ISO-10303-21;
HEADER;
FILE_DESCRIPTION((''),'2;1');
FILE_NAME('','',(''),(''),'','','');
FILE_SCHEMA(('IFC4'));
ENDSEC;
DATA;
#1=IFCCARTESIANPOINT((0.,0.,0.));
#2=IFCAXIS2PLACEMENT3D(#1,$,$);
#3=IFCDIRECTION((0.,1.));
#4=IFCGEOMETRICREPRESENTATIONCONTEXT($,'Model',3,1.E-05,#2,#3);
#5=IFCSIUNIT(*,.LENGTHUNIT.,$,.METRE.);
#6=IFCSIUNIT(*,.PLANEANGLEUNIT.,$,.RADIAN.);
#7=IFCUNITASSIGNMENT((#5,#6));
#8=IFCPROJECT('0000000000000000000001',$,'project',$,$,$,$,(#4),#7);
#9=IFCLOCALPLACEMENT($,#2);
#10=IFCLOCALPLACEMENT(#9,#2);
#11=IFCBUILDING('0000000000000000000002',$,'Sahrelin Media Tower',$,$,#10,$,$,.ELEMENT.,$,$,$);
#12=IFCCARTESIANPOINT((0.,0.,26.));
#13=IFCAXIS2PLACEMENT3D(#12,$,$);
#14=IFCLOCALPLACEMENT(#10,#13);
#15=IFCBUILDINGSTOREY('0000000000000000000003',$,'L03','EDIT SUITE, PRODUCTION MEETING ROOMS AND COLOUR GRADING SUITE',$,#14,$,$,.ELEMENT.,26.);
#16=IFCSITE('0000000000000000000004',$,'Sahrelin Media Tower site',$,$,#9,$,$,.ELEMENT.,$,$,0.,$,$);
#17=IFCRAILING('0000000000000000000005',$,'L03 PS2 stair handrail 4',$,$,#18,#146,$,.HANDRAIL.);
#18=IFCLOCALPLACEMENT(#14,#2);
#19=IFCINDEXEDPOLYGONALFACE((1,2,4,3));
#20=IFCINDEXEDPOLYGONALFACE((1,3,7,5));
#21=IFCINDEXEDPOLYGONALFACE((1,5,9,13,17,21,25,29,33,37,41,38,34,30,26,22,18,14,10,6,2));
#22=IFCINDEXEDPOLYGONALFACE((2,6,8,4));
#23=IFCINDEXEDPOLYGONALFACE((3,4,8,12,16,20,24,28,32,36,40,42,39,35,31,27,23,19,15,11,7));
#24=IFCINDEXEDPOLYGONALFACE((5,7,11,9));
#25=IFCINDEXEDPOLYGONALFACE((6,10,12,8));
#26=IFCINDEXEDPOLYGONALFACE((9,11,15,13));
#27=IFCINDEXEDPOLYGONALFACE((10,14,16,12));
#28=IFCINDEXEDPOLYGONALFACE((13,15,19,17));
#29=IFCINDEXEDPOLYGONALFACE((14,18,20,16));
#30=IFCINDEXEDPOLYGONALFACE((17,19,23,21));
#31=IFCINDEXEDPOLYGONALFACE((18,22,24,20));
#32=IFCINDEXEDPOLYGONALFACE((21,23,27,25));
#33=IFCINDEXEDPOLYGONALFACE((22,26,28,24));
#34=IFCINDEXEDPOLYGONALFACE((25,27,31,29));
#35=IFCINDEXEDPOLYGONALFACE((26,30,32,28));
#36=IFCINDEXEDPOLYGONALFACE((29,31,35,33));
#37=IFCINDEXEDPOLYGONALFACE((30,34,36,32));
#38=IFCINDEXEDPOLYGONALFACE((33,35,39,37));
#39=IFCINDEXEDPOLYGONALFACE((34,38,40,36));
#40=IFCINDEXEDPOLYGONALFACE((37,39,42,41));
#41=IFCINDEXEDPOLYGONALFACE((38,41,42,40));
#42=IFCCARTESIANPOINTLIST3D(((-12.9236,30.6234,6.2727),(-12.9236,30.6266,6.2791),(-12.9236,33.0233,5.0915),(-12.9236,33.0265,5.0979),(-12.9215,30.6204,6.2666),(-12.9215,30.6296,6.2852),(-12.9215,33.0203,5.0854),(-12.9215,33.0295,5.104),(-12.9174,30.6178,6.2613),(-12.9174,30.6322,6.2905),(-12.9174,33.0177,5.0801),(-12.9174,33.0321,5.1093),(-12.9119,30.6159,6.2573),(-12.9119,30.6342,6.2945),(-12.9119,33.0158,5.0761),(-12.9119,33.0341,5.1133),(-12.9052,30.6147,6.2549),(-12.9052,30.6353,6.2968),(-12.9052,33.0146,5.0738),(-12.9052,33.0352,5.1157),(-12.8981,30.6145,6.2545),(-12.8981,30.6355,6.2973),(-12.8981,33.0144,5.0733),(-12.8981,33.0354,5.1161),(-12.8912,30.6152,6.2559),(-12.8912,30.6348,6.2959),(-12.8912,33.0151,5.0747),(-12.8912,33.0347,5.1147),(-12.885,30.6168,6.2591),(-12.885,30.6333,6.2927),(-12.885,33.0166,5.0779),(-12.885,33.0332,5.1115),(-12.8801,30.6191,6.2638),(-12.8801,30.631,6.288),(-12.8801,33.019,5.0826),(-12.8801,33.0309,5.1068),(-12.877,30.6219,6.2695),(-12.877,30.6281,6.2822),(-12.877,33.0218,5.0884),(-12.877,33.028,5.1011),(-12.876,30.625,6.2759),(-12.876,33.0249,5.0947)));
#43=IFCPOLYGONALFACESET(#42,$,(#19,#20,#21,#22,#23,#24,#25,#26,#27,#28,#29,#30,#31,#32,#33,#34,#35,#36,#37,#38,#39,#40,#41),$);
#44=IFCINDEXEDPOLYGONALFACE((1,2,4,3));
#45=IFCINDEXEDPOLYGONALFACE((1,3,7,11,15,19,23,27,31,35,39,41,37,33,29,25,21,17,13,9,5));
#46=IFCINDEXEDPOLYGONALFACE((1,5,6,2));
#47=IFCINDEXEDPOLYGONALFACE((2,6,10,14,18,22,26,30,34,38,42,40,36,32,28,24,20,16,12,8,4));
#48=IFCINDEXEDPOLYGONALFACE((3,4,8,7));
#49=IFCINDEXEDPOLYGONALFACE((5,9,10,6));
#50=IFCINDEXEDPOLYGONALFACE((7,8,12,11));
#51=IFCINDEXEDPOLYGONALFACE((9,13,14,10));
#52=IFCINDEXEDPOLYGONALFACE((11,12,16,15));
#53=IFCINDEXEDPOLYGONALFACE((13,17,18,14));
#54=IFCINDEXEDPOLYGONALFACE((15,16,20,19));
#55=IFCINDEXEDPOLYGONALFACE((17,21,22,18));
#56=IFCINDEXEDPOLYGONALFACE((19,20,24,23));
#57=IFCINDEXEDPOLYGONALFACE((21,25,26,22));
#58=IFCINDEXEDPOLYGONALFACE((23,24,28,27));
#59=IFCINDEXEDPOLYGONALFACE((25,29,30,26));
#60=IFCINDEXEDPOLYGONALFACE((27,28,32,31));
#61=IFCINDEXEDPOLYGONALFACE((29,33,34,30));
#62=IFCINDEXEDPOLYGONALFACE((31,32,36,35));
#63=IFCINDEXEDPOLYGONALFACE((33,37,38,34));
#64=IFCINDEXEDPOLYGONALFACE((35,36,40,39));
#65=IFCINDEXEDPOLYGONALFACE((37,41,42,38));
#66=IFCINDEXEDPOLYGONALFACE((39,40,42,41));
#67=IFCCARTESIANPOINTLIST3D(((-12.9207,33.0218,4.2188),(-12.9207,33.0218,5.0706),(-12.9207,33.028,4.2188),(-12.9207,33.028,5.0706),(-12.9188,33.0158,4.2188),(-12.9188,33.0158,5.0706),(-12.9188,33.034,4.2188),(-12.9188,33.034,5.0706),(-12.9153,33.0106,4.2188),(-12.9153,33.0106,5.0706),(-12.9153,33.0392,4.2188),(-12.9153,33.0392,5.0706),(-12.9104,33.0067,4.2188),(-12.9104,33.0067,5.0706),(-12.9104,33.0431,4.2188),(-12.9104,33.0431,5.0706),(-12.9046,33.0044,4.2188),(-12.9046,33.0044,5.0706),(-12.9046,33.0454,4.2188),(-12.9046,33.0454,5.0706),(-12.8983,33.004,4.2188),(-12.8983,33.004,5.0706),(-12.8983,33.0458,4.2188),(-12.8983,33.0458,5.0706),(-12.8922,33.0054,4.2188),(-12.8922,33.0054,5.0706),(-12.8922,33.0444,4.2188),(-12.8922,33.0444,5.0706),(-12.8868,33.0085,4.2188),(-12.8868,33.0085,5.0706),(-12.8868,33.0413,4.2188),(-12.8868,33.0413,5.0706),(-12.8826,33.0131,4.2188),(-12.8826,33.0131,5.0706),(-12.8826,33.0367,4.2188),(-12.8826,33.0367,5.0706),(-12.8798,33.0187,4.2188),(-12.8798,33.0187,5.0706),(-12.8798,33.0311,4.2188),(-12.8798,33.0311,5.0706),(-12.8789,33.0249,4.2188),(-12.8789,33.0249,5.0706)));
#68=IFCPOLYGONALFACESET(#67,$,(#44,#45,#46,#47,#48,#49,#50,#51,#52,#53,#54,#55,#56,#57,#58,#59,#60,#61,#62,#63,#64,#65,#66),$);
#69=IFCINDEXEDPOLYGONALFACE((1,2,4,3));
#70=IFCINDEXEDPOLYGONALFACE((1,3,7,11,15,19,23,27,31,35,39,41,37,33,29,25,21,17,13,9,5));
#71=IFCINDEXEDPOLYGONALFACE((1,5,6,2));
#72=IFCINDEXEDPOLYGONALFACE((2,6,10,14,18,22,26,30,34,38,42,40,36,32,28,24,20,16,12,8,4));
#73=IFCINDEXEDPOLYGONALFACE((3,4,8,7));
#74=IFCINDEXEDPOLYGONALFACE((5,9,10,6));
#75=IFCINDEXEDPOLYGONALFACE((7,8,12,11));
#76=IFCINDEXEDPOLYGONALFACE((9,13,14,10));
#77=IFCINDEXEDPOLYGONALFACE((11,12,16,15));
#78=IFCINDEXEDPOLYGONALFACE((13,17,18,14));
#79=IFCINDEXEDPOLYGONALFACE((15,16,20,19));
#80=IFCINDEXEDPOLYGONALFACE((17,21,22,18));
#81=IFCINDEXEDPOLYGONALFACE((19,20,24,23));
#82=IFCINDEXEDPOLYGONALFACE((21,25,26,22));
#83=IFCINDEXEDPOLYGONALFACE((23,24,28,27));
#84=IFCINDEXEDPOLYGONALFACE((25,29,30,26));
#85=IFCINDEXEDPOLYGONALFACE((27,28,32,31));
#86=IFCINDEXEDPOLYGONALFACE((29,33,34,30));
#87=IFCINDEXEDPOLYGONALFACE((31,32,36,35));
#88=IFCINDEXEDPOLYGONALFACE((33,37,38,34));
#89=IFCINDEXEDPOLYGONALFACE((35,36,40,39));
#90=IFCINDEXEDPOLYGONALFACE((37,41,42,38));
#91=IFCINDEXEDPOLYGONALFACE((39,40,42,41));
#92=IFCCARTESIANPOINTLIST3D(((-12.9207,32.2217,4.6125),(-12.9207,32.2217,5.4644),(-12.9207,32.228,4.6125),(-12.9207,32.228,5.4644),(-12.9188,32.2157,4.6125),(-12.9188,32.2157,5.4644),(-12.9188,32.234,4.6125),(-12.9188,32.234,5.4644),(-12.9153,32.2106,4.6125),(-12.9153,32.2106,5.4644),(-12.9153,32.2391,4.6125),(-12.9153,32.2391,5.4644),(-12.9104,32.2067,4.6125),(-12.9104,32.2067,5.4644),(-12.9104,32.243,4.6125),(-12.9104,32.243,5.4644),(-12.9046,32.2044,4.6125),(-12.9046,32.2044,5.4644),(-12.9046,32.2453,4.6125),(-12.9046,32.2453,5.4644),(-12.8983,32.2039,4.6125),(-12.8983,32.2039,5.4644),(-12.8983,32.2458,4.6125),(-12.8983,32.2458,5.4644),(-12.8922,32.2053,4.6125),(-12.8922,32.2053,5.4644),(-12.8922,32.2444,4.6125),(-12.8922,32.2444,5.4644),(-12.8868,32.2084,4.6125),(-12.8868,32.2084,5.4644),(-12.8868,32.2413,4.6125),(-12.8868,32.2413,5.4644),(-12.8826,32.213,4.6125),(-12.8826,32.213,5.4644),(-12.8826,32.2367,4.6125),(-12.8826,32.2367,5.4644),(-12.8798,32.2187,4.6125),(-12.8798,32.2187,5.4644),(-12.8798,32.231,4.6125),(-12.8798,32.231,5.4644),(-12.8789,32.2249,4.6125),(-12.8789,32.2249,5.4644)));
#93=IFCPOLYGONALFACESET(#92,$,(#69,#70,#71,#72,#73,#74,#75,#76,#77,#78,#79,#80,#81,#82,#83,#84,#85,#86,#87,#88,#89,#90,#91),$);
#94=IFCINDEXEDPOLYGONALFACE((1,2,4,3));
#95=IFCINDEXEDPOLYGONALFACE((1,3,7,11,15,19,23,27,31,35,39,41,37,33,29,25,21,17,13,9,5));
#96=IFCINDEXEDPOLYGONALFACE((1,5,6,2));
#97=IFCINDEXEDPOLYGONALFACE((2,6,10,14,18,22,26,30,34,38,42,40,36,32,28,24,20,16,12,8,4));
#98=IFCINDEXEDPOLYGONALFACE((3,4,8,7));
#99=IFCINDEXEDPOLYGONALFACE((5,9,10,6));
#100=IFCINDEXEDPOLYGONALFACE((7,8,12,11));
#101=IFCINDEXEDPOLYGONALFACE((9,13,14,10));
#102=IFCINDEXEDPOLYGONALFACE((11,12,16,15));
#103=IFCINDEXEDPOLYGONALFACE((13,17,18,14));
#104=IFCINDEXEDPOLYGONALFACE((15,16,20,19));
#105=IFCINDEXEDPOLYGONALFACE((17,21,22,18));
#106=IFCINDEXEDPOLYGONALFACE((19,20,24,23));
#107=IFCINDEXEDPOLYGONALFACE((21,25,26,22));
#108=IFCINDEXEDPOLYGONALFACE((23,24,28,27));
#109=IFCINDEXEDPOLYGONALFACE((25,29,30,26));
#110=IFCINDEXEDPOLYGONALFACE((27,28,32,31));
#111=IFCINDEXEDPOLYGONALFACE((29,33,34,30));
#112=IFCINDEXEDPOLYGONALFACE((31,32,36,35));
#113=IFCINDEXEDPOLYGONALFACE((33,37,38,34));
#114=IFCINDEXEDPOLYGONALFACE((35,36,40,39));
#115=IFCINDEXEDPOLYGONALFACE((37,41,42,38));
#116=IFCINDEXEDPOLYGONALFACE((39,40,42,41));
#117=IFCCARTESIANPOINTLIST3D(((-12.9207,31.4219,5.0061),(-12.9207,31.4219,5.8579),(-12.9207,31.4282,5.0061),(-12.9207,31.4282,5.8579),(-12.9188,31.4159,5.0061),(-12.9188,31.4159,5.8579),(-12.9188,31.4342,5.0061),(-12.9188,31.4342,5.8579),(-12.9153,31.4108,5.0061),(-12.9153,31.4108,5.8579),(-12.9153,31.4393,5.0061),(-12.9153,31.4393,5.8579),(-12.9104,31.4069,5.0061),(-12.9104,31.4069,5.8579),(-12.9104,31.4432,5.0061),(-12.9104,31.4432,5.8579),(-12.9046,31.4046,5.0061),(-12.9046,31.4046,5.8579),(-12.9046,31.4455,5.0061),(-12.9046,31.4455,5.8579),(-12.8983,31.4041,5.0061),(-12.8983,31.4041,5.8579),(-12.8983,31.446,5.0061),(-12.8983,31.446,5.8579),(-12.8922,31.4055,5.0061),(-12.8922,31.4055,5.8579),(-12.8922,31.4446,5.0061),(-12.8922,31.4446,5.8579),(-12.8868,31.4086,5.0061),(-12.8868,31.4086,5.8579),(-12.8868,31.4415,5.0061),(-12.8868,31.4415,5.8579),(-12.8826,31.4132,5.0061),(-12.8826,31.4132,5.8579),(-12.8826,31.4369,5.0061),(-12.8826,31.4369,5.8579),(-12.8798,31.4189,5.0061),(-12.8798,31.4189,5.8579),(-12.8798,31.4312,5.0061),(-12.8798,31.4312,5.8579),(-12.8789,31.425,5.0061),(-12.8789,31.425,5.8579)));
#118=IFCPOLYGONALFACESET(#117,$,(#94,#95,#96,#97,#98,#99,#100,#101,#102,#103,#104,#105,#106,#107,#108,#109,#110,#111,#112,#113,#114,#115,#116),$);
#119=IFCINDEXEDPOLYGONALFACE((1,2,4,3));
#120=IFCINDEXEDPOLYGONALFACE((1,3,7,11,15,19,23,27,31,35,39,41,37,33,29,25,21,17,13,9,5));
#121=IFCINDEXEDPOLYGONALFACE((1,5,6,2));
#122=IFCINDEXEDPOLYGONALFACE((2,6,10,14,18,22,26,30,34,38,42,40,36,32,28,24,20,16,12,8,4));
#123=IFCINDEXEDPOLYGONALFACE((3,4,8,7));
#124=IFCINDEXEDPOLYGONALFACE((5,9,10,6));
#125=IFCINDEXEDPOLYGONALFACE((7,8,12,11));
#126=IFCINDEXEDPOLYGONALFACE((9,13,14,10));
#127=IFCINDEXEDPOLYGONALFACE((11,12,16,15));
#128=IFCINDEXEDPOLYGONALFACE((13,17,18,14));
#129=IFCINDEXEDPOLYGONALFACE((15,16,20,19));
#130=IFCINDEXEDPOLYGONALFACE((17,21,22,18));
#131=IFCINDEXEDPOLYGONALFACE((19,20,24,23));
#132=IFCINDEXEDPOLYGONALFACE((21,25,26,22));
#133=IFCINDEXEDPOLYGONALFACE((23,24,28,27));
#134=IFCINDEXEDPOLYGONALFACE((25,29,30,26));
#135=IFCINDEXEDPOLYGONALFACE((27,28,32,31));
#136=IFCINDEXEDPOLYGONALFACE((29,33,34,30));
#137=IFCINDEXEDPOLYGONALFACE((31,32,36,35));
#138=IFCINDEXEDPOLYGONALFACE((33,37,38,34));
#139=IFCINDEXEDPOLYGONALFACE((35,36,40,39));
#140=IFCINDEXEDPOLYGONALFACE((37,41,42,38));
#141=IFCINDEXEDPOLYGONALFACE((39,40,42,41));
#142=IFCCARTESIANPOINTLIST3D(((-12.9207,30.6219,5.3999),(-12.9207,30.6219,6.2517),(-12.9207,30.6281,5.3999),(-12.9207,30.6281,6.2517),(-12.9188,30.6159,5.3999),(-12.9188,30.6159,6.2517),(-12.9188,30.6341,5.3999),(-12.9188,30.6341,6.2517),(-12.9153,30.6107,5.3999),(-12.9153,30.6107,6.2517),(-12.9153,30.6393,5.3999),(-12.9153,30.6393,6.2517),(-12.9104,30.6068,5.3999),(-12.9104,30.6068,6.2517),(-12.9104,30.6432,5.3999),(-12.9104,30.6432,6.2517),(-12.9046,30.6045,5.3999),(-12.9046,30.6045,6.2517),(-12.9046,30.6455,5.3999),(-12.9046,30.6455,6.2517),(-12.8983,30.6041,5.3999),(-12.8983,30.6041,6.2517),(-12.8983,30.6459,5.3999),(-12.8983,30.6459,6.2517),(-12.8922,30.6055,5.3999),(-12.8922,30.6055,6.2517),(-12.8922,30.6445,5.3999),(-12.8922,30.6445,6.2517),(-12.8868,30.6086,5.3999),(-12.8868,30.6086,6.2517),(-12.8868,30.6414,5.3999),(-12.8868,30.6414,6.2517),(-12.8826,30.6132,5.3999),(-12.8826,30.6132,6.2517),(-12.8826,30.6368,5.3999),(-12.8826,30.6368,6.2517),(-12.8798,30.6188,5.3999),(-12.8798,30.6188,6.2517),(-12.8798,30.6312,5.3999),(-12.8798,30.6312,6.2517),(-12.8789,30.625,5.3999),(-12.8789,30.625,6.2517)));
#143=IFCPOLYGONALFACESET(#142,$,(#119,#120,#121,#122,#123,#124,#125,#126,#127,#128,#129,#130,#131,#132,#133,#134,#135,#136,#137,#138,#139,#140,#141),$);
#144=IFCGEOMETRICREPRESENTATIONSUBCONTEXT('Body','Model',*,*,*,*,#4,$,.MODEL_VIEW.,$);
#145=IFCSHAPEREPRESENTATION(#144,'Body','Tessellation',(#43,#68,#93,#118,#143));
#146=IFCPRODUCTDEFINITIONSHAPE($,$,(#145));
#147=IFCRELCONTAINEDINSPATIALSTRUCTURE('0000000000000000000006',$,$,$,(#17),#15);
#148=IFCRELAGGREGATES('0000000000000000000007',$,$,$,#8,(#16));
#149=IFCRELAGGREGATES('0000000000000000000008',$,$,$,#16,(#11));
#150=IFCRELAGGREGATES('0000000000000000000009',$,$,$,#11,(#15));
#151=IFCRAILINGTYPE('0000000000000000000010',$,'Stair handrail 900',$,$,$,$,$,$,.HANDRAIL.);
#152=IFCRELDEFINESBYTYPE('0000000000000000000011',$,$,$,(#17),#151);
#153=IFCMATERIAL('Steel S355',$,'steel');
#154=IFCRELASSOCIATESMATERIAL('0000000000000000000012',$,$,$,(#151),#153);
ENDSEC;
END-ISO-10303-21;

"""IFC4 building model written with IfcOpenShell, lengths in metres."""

from ifc_helpers import new_model, si_unit, direction, frame, origin, origin_2d, place, context, subcontext, project, spatial, circle, extrude, material, type_object, element, save


model = new_model("IFC4")

# Units and contexts
model_context = context("Model", 3, precision=1e-05, world=origin(), true_north=direction((0.0, 1.0)))
body_context = subcontext(model_context, "Body", "Model", "MODEL_VIEW")
ifc_project = project(units=[si_unit("LENGTHUNIT", "METRE"), si_unit("PLANEANGLEUNIT", "RADIAN")], contexts=[model_context])

# Site, building, storey
site_placement = place(None, origin())
site = spatial("IfcSite", under=ifc_project, at=site_placement, Name="Sahrelin Media Tower site", CompositionType="ELEMENT", RefElevation=0.0)
building_placement = place(site_placement, origin())
building = spatial("IfcBuilding", under=site, at=building_placement, Name="Sahrelin Media Tower", CompositionType="ELEMENT")
storey_placement = place(building_placement, frame((0.0, 0.0, 26.0)))
storey = spatial("IfcBuildingStorey", under=building, at=storey_placement, Name="L03", Description="EDIT SUITE, PRODUCTION MEETING ROOMS AND COLOUR GRADING SUITE", CompositionType="ELEMENT", Elevation=26.0)

# Shared definitions
ifc_material_1 = material(Name="Steel S355", Category="steel")

# Railing
railing_type_1 = type_object("IfcRailingType", Name="Stair handrail 900", PredefinedType="HANDRAIL", material=ifc_material_1)
for number, where, name in (
    (1, (-12.8999, 33.0249, 4.2188), "L03 PS2 stair handrail 4"),
):
    element("IfcRailing", number, at=place(storey_placement, frame(where)), inside=storey, type_object=railing_type_1, Name=name, PredefinedType="HANDRAIL", context=body_context, shape_type="SweptSolid", body=[
        extrude(circle(Radius=0.0239, at=origin_2d()), frame((0.0, 0.0, 0.876), z_axis=(0.0, -0.897221, 0.441582), x_axis=(1.0, 0.0, 0.0)), (0.0, 0.0, 1.0), 2.6748),
        extrude(circle(Radius=0.021, at=origin_2d()), origin(), (0.0, 0.0, 1.0), 0.8518),
        extrude(circle(Radius=0.021, at=origin_2d()), frame((0.0, -0.8, 0.3938)), (0.0, 0.0, 1.0), 0.8518),
        extrude(circle(Radius=0.021, at=origin_2d()), frame((0.0, -1.5999, 0.7874)), (0.0, 0.0, 1.0), 0.8518),
        extrude(circle(Radius=0.021, at=origin_2d()), frame((0.0, -2.3999, 1.1812)), (0.0, 0.0, 1.0), 0.8518),
    ])

save(model, "model.ifc")
